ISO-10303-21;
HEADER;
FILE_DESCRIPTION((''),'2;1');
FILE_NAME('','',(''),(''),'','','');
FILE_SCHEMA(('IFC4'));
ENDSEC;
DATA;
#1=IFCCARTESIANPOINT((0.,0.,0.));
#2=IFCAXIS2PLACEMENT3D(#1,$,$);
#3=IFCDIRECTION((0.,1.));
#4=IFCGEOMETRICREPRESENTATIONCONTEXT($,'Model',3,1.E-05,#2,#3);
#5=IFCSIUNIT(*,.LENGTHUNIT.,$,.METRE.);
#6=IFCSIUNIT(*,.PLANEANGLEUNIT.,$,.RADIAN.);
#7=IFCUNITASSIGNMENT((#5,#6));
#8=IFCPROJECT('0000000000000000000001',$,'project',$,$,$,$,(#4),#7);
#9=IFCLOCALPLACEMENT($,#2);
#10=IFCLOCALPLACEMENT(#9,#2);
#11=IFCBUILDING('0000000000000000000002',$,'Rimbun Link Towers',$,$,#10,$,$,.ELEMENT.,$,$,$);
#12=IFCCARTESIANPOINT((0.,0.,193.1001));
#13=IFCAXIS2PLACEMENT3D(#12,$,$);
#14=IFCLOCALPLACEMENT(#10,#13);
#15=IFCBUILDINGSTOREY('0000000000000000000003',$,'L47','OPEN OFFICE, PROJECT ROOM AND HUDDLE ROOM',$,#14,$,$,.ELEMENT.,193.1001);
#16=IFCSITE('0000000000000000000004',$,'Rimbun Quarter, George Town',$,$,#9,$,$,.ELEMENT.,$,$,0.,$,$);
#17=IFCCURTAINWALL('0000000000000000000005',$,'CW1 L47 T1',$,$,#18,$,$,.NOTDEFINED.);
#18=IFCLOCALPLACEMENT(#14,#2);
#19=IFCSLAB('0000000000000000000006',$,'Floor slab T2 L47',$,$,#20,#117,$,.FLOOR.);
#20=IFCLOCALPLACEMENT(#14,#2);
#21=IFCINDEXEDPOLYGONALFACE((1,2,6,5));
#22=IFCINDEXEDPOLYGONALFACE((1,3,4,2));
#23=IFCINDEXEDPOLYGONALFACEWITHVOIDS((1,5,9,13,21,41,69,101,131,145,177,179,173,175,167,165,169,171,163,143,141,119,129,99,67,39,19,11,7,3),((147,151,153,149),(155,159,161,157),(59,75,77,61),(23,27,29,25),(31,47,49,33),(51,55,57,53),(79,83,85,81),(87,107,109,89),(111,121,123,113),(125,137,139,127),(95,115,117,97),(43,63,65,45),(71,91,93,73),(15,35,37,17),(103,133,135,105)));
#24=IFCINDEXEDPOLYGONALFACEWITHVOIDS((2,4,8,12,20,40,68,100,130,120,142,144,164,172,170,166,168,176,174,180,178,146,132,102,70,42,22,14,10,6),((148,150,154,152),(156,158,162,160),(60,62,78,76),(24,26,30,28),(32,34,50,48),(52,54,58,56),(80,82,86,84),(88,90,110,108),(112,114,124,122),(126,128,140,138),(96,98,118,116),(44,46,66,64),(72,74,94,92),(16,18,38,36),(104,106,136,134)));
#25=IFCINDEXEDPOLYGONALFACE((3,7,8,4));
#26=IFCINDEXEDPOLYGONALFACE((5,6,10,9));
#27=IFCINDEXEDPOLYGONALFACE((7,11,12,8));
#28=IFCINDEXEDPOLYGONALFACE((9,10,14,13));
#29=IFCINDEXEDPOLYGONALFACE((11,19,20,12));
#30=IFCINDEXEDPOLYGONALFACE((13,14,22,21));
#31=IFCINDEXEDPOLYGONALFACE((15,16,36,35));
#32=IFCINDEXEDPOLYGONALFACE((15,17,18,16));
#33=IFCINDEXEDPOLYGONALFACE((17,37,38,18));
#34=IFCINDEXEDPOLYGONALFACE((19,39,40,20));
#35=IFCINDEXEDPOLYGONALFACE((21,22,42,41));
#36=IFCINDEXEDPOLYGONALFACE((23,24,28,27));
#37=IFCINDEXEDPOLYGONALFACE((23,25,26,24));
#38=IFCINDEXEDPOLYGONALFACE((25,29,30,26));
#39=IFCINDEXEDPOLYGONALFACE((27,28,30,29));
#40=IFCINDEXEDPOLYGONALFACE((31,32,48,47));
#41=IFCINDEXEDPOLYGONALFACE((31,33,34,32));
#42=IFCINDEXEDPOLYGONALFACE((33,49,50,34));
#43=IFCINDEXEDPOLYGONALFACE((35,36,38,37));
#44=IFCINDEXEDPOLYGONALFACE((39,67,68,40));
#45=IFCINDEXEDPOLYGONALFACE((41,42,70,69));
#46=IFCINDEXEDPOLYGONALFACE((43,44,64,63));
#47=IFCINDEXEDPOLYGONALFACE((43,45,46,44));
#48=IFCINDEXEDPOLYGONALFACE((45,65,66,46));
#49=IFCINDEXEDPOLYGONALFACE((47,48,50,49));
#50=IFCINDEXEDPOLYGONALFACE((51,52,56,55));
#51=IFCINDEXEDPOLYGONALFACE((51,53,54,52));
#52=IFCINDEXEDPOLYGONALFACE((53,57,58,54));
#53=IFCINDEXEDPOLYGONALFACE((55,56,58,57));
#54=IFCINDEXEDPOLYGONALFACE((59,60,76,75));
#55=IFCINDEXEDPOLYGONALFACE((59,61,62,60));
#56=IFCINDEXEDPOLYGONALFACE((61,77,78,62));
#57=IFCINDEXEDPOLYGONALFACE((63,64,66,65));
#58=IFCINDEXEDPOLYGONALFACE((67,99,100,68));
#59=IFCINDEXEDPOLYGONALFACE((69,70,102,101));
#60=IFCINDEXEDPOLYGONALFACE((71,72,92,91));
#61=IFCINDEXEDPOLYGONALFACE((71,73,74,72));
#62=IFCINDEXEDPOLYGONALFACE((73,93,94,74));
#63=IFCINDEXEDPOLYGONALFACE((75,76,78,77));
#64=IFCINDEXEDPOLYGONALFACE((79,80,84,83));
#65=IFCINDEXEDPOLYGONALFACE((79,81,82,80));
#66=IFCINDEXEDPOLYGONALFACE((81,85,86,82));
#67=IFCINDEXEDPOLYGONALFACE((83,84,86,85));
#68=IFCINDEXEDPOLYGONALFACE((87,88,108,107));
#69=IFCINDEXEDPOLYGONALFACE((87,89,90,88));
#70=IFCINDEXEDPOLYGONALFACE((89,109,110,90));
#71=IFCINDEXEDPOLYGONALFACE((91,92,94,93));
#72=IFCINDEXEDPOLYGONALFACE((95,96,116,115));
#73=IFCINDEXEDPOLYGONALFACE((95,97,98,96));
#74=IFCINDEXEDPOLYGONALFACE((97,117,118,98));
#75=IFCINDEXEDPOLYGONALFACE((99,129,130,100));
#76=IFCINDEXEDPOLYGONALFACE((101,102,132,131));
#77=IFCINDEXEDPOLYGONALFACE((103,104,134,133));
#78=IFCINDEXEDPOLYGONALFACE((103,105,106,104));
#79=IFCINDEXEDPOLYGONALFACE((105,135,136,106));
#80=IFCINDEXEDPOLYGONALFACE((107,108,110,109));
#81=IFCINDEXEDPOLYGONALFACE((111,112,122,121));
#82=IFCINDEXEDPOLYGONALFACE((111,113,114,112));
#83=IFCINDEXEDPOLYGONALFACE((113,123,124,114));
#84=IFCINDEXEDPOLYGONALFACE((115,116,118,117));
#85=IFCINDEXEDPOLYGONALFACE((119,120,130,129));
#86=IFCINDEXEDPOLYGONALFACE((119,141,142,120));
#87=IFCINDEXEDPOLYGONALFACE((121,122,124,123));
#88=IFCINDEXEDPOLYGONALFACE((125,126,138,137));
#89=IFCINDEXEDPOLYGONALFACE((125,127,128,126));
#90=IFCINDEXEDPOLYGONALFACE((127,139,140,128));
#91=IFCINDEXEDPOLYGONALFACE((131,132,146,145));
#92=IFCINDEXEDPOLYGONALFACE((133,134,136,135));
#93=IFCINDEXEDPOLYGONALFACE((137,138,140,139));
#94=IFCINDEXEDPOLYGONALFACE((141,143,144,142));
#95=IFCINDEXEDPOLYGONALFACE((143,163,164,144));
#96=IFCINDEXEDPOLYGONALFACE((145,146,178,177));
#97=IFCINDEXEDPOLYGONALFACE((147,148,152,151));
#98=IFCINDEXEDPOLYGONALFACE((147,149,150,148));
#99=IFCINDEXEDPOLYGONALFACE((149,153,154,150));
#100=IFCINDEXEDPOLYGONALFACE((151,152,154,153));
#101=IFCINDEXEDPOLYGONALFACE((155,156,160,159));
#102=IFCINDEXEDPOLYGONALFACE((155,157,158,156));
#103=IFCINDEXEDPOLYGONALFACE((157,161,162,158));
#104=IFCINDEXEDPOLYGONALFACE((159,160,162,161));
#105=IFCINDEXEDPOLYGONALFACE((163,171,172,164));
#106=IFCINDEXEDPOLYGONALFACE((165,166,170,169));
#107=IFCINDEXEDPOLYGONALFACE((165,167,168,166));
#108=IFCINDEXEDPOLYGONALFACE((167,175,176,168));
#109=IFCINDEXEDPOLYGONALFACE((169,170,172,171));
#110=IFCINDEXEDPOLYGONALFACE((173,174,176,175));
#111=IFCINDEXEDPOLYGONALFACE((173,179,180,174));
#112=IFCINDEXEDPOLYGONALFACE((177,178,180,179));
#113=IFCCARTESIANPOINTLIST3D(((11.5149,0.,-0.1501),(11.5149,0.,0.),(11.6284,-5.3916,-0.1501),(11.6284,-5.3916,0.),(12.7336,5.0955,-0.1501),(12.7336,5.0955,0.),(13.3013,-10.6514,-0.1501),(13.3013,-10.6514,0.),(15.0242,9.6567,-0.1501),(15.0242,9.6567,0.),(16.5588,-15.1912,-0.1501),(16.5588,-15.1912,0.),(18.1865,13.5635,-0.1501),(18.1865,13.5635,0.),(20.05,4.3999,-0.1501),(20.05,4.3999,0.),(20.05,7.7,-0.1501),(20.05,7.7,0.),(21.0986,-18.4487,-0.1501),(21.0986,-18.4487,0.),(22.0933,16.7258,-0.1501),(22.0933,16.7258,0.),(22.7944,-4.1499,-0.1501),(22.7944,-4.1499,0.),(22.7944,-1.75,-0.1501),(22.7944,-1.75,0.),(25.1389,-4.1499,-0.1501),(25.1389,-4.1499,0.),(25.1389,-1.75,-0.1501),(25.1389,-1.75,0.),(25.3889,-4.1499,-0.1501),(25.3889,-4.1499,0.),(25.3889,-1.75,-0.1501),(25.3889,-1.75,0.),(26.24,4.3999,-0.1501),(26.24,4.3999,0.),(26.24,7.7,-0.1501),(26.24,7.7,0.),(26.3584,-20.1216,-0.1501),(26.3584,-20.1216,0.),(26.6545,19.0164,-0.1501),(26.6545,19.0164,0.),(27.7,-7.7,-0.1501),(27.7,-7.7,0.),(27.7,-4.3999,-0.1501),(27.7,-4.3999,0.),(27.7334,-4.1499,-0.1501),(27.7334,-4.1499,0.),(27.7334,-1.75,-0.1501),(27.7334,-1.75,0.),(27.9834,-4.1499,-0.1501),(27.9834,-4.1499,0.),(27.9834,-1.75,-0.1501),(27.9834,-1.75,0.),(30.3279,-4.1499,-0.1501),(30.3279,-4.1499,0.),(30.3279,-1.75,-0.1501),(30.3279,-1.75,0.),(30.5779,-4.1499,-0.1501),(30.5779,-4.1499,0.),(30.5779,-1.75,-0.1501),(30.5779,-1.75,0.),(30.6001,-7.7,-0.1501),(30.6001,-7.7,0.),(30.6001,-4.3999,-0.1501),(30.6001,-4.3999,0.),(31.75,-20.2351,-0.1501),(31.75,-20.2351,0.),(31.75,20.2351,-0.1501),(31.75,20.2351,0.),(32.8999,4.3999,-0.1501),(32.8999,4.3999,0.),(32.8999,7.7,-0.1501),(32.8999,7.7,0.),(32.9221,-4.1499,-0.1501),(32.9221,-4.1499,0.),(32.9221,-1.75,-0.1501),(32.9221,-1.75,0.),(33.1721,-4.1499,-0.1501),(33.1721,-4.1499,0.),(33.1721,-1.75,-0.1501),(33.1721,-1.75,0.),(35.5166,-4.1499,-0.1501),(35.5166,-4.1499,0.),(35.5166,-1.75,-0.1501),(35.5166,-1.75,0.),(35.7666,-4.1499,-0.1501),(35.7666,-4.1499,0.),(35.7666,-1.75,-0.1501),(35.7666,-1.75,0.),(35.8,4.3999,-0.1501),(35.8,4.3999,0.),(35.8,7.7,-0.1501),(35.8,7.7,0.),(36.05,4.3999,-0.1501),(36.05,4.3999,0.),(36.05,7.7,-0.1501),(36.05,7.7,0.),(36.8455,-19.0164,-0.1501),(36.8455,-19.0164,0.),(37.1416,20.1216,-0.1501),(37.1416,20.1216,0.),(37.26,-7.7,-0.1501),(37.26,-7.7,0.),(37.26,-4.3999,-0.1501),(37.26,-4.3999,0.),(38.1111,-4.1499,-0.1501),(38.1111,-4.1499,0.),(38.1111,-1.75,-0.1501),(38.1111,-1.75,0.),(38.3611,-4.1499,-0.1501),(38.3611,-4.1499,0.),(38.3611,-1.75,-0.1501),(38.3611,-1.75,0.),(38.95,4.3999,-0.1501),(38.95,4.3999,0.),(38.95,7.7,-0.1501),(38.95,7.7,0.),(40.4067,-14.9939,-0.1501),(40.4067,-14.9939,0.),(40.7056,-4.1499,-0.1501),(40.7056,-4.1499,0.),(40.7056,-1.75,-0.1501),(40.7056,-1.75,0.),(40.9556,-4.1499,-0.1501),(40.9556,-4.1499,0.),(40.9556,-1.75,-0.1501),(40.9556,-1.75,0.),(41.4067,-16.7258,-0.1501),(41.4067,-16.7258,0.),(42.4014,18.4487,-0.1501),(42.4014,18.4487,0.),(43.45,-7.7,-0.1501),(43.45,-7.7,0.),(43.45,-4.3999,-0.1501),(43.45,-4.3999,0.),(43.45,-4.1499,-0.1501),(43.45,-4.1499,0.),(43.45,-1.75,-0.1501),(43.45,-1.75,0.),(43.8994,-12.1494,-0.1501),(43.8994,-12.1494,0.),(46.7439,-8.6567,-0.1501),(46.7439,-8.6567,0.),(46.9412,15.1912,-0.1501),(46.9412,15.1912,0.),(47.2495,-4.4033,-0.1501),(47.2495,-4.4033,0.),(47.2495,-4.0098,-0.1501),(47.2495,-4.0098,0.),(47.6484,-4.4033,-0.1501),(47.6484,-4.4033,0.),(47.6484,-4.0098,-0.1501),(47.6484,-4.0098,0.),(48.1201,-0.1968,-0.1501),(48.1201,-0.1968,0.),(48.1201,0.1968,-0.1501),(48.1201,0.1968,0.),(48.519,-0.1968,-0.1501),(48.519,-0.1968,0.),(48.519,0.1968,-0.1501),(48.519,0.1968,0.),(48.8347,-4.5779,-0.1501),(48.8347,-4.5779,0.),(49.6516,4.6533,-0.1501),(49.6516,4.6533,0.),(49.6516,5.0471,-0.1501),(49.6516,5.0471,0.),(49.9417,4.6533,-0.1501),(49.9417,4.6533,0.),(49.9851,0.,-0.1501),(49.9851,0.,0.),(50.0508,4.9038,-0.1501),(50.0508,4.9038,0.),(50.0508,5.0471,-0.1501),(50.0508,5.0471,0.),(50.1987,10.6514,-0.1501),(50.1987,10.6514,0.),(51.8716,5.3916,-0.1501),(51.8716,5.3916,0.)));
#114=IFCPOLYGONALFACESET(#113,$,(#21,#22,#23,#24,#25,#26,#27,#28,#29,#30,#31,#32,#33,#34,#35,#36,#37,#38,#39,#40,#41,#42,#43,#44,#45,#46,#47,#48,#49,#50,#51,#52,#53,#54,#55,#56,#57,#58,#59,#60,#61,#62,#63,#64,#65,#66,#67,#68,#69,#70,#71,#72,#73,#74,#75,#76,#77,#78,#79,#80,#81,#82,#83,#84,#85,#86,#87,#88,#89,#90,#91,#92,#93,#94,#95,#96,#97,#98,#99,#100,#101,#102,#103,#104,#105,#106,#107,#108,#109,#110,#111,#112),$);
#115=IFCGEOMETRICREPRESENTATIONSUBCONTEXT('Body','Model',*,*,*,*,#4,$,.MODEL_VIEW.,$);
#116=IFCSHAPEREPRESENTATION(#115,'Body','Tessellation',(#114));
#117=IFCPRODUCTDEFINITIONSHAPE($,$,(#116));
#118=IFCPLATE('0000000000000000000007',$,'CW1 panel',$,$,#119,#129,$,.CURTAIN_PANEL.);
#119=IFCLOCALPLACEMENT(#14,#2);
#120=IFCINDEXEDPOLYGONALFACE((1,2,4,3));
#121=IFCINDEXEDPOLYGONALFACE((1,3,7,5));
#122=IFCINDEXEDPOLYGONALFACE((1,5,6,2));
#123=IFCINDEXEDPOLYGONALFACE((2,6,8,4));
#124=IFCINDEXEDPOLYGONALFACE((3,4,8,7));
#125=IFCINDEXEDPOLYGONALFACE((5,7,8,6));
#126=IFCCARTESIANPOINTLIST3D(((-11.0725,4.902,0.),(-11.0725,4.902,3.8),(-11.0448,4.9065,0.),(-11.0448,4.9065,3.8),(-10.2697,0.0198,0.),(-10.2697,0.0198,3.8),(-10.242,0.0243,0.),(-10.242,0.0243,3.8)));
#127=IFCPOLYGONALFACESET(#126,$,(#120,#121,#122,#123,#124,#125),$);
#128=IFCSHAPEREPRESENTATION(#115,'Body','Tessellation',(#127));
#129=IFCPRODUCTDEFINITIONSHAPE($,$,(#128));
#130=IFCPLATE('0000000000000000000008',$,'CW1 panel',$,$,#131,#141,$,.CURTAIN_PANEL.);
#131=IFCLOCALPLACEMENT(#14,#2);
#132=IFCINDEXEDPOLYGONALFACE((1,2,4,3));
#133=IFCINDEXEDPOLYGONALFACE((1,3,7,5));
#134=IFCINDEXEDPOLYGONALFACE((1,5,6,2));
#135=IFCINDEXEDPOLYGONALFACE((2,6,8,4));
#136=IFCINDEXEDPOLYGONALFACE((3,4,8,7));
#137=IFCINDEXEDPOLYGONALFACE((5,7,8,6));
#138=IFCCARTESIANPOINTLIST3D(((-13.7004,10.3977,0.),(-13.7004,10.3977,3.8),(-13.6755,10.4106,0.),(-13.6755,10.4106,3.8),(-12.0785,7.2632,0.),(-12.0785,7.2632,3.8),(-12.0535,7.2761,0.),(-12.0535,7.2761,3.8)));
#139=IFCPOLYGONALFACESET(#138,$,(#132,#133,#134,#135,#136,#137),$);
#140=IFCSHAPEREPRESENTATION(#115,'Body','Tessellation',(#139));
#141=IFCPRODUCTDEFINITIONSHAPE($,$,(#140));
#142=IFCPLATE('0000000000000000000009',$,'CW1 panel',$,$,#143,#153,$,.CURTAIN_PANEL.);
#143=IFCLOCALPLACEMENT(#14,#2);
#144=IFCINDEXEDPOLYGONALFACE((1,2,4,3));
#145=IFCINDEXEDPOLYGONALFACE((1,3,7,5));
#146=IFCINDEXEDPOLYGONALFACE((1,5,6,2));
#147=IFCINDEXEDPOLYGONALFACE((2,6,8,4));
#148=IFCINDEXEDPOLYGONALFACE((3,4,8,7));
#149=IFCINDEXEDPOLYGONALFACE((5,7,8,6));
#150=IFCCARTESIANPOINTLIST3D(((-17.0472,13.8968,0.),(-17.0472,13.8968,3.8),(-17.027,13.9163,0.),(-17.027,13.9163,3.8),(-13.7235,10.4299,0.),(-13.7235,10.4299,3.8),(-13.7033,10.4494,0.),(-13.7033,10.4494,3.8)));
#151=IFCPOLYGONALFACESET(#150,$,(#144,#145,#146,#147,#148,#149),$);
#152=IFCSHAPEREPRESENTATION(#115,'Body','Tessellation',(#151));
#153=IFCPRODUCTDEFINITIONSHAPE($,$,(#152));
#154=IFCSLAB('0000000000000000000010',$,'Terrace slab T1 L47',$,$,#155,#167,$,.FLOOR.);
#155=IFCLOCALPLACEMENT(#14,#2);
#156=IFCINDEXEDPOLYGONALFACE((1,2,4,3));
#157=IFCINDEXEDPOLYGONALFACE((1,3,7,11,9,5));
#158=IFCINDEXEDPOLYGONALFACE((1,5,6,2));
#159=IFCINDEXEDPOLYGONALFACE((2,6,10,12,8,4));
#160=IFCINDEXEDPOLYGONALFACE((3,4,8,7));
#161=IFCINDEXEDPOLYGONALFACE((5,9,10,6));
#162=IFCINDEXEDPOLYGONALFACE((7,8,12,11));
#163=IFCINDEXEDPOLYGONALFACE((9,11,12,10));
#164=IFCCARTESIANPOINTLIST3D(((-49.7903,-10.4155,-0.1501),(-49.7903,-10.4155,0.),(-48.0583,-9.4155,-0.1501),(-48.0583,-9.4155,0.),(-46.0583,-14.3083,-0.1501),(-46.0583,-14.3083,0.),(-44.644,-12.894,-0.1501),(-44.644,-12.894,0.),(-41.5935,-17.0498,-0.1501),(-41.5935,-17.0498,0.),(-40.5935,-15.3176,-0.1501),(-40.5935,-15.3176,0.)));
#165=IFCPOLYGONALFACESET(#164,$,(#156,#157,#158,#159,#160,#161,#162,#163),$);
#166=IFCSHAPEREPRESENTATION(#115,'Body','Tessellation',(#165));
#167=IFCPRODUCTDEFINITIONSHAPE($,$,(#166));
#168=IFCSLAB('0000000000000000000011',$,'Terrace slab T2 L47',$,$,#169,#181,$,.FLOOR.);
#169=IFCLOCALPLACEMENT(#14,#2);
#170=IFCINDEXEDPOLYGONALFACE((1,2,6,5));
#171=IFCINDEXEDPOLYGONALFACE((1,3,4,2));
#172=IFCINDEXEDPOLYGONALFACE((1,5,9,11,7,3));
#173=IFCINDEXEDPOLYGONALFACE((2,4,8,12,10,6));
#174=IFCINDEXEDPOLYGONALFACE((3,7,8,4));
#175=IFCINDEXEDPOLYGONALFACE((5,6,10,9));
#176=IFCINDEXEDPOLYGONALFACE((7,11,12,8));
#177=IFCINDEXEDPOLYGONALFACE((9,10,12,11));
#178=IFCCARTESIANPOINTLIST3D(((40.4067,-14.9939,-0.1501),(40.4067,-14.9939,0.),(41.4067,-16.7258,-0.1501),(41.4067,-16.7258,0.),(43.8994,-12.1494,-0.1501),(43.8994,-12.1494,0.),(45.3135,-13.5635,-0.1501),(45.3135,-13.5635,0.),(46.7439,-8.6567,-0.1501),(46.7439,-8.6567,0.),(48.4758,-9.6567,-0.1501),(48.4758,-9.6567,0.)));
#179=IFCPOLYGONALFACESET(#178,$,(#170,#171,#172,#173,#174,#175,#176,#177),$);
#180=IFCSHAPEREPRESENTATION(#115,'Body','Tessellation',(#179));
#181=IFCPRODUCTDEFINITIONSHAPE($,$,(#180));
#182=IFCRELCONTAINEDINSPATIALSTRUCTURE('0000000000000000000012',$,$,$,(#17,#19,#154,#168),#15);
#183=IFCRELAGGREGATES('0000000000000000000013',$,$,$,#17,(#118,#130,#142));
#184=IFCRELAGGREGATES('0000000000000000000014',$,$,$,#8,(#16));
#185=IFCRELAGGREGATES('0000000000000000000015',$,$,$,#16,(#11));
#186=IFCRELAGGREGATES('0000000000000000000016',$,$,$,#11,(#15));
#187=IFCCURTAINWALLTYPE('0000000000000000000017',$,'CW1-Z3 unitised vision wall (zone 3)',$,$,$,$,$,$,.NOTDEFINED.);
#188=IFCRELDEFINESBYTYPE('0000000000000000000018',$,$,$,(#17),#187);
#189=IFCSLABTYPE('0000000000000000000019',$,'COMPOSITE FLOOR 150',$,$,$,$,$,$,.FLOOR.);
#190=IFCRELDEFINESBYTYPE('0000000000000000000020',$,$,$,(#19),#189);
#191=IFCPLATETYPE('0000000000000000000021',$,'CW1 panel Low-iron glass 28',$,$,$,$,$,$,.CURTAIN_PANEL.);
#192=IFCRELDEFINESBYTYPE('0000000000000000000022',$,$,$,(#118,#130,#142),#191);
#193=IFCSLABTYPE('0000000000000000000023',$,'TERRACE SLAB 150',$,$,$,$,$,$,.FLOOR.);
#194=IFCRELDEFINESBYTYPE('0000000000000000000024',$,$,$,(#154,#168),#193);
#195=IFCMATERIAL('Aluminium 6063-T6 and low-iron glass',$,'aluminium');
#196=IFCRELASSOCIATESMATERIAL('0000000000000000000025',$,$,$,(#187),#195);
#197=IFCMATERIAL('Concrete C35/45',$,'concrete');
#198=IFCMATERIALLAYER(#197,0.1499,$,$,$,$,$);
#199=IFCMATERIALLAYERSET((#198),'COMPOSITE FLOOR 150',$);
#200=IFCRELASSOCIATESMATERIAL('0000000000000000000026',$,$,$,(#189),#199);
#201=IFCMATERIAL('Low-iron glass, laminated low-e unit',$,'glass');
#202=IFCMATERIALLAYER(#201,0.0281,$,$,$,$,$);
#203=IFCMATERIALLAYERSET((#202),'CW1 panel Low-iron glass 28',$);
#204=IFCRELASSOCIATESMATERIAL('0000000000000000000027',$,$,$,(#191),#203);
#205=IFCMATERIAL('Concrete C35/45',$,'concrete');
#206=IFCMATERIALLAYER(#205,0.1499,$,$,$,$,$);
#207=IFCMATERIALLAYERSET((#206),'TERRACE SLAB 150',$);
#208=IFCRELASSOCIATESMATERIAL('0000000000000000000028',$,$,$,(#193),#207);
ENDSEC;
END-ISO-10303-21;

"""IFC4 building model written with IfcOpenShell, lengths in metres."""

from ifc_helpers import new_model, si_unit, direction, frame, origin, origin_2d, place, context, subcontext, project, spatial, polyline, rectangle, outline, extrude, material, layer, layer_set, type_object, element, aggregate, save


model = new_model("IFC4")

# Units and contexts
model_context = context("Model", 3, precision=1e-05, world=origin(), true_north=direction((0.0, 1.0)))
body_context = subcontext(model_context, "Body", "Model", "MODEL_VIEW")
ifc_project = project(units=[si_unit("LENGTHUNIT", "METRE"), si_unit("PLANEANGLEUNIT", "RADIAN")], contexts=[model_context])

# Site, building, storey
site_placement = place(None, origin())
site = spatial("IfcSite", under=ifc_project, at=site_placement, Name="Rimbun Quarter, George Town", CompositionType="ELEMENT", RefElevation=0.0)
building_placement = place(site_placement, origin())
building = spatial("IfcBuilding", under=site, at=building_placement, Name="Rimbun Link Towers", CompositionType="ELEMENT")
storey_placement = place(building_placement, frame((0.0, 0.0, 193.1001)))
storey = spatial("IfcBuildingStorey", under=building, at=storey_placement, Name="L47", Description="OPEN OFFICE, PROJECT ROOM AND HUDDLE ROOM", CompositionType="ELEMENT", Elevation=193.1001)

# Curtain wall
ifc_material_1 = material(Name="Aluminium 6063-T6 and low-iron glass", Category="aluminium")
curtain_wall_type = type_object("IfcCurtainWallType", Name="CW1-Z3 unitised vision wall (zone 3)", PredefinedType="NOTDEFINED", material=ifc_material_1)
curtain_wall_placement = place(storey_placement, origin())
curtain_wall = element("IfcCurtainWall", 1, at=curtain_wall_placement, inside=storey, type_object=curtain_wall_type, Name="CW1 L47 T1", PredefinedType="NOTDEFINED")

# Slab
ifc_material_2 = material(Name="Concrete C35/45", Category="concrete")
ifc_layer_1 = layer(ifc_material_2, 0.1499)
ifc_layer_set_1 = layer_set([ifc_layer_1], Name="COMPOSITE FLOOR 150")
slab_type_1 = type_object("IfcSlabType", Name="COMPOSITE FLOOR 150", PredefinedType="FLOOR", material=ifc_layer_set_1)
slab_1_placement = place(storey_placement, frame((0.0, 0.0, -0.1501)))
element("IfcSlab", 2, at=slab_1_placement, inside=storey, type_object=slab_type_1, Name="Floor slab T2 L47", PredefinedType="FLOOR", context=body_context, shape_type="SweptSolid", body=[
    extrude(outline(polyline([(49.9851, 0.0), (48.8347, -4.5779), (46.7439, -8.6567), (43.8994, -12.1494), (40.4067, -14.9939), (41.4067, -16.7258), (36.8455, -19.0164), (31.75, -20.2351), (26.3584, -20.1216), (21.0986, -18.4487), (16.5588, -15.1912), (13.3013, -10.6514), (11.6284, -5.3916), (11.5149, 0.0), (12.7336, 5.0955), (15.0242, 9.6567), (18.1865, 13.5635), (22.0933, 16.7258), (26.6545, 19.0164), (31.75, 20.2351), (37.1416, 20.1216), (42.4014, 18.4487), (46.9412, 15.1912), (50.1987, 10.6514), (51.8716, 5.3916), (50.0508, 4.9038), (50.0508, 5.0471), (49.6516, 5.0471), (49.6516, 4.6533), (49.9417, 4.6533), (49.9851, 0.0)]), holes=[polyline([(30.6001, -7.7), (30.6001, -4.3999), (27.7, -4.3999), (27.7, -7.7), (30.6001, -7.7)]), polyline([(25.1389, -4.1499), (25.1389, -1.75), (22.7944, -1.75), (22.7944, -4.1499), (25.1389, -4.1499)]), polyline([(27.7334, -4.1499), (27.7334, -1.75), (25.3889, -1.75), (25.3889, -4.1499), (27.7334, -4.1499)]), polyline([(30.3279, -4.1499), (30.3279, -1.75), (27.9834, -1.75), (27.9834, -4.1499), (30.3279, -4.1499)]), polyline([(32.9221, -4.1499), (32.9221, -1.75), (30.5779, -1.75), (30.5779, -4.1499), (32.9221, -4.1499)]), polyline([(35.5166, -4.1499), (35.5166, -1.75), (33.1721, -1.75), (33.1721, -4.1499), (35.5166, -4.1499)]), polyline([(26.24, 4.3999), (26.24, 7.7), (20.05, 7.7), (20.05, 4.3999), (26.24, 4.3999)]), polyline([(35.8, 4.3999), (35.8, 7.7), (32.8999, 7.7), (32.8999, 4.3999), (35.8, 4.3999)]), polyline([(43.45, -7.7), (43.45, -4.3999), (37.26, -4.3999), (37.26, -7.7), (43.45, -7.7)]), polyline([(47.6484, -4.4033), (47.6484, -4.0098), (47.2495, -4.0098), (47.2495, -4.4033), (47.6484, -4.4033)]), polyline([(38.1111, -4.1499), (38.1111, -1.75), (35.7666, -1.75), (35.7666, -4.1499), (38.1111, -4.1499)]), polyline([(40.7056, -4.1499), (40.7056, -1.75), (38.3611, -1.75), (38.3611, -4.1499), (40.7056, -4.1499)]), polyline([(43.45, -4.1499), (43.45, -1.75), (40.9556, -1.75), (40.9556, -4.1499), (43.45, -4.1499)]), polyline([(48.519, -0.1968), (48.519, 0.1968), (48.1201, 0.1968), (48.1201, -0.1968), (48.519, -0.1968)]), polyline([(38.95, 4.3999), (38.95, 7.7), (36.05, 7.7), (36.05, 4.3999), (38.95, 4.3999)])]), origin(), (0.0, 0.0, 1.0), 0.1501),
])

# Plates
ifc_material_3 = material(Name="Low-iron glass, laminated low-e unit", Category="glass")
ifc_layer_2 = layer(ifc_material_3, 0.0281)
ifc_layer_set_2 = layer_set([ifc_layer_2], Name="CW1 panel Low-iron glass 28")
plate_type = type_object("IfcPlateType", Name="CW1 panel Low-iron glass 28", PredefinedType="CURTAIN_PANEL", material=ifc_layer_set_2)
plate_1_placement = place(storey_placement, frame((-10.6572, 2.4631, 0.0), z_axis=(0.0, 0.0, 1.0), x_axis=(0.162251, -0.98675, 0.0)))
plate_1 = element("IfcPlate", 3, at=plate_1_placement, type_object=plate_type, Name="CW1 panel", PredefinedType="CURTAIN_PANEL", context=body_context, shape_type="SweptSolid", body=[
    extrude(rectangle(XDim=4.9478, YDim=0.0281, at=origin_2d()), origin(), (0.0, 0.0, 1.0), 3.8),
])
plate_2_placement = place(storey_placement, frame((-12.877, 8.8369, 0.0), z_axis=(0.0, 0.0, 1.0), x_axis=(0.459563, -0.888145, 0.0)))
plate_2 = element("IfcPlate", 4, at=plate_2_placement, type_object=plate_type, Name="CW1 panel", PredefinedType="CURTAIN_PANEL", context=body_context, shape_type="SweptSolid", body=[
    extrude(rectangle(XDim=3.5293, YDim=0.0281, at=origin_2d()), origin(), (0.0, 0.0, 1.0), 3.8),
])
plate_3_placement = place(storey_placement, frame((-15.3752, 12.1731, 0.0), z_axis=(0.0, 0.0, 1.0), x_axis=(0.692041, -0.721859, 0.0)))
plate_3 = element("IfcPlate", 5, at=plate_3_placement, type_object=plate_type, Name="CW1 panel", PredefinedType="CURTAIN_PANEL", context=body_context, shape_type="SweptSolid", body=[
    extrude(rectangle(XDim=4.8027, YDim=0.0281, at=origin_2d()), origin(), (0.0, 0.0, 1.0), 3.8),
])
aggregate(curtain_wall, [plate_1, plate_2, plate_3])

# Slabs
ifc_material_4 = material(Name="Concrete C35/45", Category="concrete")
ifc_layer_3 = layer(ifc_material_4, 0.1499)
ifc_layer_set_3 = layer_set([ifc_layer_3], Name="TERRACE SLAB 150")
slab_type_2 = type_object("IfcSlabType", Name="TERRACE SLAB 150", PredefinedType="FLOOR", material=ifc_layer_set_3)
slab_2_placement = place(storey_placement, frame((0.0, 0.0, -0.1501)))
element("IfcSlab", 6, at=slab_2_placement, inside=storey, type_object=slab_type_2, Name="Terrace slab T1 L47", PredefinedType="FLOOR", context=body_context, shape_type="SweptSolid", body=[
    extrude(outline(polyline([(-48.0583, -9.4155), (-44.644, -12.894), (-40.5935, -15.3176), (-41.5935, -17.0498), (-46.0583, -14.3083), (-49.7903, -10.4155), (-48.0583, -9.4155)])), origin(), (0.0, 0.0, 1.0), 0.1501),
])
slab_3_placement = place(storey_placement, frame((0.0, 0.0, -0.1501)))
element("IfcSlab", 7, at=slab_3_placement, inside=storey, type_object=slab_type_2, Name="Terrace slab T2 L47", PredefinedType="FLOOR", context=body_context, shape_type="SweptSolid", body=[
    extrude(outline(polyline([(40.4067, -14.9939), (43.8994, -12.1494), (46.7439, -8.6567), (48.4758, -9.6567), (45.3135, -13.5635), (41.4067, -16.7258), (40.4067, -14.9939)])), origin(), (0.0, 0.0, 1.0), 0.1501),
])

save(model, "model.ifc")
